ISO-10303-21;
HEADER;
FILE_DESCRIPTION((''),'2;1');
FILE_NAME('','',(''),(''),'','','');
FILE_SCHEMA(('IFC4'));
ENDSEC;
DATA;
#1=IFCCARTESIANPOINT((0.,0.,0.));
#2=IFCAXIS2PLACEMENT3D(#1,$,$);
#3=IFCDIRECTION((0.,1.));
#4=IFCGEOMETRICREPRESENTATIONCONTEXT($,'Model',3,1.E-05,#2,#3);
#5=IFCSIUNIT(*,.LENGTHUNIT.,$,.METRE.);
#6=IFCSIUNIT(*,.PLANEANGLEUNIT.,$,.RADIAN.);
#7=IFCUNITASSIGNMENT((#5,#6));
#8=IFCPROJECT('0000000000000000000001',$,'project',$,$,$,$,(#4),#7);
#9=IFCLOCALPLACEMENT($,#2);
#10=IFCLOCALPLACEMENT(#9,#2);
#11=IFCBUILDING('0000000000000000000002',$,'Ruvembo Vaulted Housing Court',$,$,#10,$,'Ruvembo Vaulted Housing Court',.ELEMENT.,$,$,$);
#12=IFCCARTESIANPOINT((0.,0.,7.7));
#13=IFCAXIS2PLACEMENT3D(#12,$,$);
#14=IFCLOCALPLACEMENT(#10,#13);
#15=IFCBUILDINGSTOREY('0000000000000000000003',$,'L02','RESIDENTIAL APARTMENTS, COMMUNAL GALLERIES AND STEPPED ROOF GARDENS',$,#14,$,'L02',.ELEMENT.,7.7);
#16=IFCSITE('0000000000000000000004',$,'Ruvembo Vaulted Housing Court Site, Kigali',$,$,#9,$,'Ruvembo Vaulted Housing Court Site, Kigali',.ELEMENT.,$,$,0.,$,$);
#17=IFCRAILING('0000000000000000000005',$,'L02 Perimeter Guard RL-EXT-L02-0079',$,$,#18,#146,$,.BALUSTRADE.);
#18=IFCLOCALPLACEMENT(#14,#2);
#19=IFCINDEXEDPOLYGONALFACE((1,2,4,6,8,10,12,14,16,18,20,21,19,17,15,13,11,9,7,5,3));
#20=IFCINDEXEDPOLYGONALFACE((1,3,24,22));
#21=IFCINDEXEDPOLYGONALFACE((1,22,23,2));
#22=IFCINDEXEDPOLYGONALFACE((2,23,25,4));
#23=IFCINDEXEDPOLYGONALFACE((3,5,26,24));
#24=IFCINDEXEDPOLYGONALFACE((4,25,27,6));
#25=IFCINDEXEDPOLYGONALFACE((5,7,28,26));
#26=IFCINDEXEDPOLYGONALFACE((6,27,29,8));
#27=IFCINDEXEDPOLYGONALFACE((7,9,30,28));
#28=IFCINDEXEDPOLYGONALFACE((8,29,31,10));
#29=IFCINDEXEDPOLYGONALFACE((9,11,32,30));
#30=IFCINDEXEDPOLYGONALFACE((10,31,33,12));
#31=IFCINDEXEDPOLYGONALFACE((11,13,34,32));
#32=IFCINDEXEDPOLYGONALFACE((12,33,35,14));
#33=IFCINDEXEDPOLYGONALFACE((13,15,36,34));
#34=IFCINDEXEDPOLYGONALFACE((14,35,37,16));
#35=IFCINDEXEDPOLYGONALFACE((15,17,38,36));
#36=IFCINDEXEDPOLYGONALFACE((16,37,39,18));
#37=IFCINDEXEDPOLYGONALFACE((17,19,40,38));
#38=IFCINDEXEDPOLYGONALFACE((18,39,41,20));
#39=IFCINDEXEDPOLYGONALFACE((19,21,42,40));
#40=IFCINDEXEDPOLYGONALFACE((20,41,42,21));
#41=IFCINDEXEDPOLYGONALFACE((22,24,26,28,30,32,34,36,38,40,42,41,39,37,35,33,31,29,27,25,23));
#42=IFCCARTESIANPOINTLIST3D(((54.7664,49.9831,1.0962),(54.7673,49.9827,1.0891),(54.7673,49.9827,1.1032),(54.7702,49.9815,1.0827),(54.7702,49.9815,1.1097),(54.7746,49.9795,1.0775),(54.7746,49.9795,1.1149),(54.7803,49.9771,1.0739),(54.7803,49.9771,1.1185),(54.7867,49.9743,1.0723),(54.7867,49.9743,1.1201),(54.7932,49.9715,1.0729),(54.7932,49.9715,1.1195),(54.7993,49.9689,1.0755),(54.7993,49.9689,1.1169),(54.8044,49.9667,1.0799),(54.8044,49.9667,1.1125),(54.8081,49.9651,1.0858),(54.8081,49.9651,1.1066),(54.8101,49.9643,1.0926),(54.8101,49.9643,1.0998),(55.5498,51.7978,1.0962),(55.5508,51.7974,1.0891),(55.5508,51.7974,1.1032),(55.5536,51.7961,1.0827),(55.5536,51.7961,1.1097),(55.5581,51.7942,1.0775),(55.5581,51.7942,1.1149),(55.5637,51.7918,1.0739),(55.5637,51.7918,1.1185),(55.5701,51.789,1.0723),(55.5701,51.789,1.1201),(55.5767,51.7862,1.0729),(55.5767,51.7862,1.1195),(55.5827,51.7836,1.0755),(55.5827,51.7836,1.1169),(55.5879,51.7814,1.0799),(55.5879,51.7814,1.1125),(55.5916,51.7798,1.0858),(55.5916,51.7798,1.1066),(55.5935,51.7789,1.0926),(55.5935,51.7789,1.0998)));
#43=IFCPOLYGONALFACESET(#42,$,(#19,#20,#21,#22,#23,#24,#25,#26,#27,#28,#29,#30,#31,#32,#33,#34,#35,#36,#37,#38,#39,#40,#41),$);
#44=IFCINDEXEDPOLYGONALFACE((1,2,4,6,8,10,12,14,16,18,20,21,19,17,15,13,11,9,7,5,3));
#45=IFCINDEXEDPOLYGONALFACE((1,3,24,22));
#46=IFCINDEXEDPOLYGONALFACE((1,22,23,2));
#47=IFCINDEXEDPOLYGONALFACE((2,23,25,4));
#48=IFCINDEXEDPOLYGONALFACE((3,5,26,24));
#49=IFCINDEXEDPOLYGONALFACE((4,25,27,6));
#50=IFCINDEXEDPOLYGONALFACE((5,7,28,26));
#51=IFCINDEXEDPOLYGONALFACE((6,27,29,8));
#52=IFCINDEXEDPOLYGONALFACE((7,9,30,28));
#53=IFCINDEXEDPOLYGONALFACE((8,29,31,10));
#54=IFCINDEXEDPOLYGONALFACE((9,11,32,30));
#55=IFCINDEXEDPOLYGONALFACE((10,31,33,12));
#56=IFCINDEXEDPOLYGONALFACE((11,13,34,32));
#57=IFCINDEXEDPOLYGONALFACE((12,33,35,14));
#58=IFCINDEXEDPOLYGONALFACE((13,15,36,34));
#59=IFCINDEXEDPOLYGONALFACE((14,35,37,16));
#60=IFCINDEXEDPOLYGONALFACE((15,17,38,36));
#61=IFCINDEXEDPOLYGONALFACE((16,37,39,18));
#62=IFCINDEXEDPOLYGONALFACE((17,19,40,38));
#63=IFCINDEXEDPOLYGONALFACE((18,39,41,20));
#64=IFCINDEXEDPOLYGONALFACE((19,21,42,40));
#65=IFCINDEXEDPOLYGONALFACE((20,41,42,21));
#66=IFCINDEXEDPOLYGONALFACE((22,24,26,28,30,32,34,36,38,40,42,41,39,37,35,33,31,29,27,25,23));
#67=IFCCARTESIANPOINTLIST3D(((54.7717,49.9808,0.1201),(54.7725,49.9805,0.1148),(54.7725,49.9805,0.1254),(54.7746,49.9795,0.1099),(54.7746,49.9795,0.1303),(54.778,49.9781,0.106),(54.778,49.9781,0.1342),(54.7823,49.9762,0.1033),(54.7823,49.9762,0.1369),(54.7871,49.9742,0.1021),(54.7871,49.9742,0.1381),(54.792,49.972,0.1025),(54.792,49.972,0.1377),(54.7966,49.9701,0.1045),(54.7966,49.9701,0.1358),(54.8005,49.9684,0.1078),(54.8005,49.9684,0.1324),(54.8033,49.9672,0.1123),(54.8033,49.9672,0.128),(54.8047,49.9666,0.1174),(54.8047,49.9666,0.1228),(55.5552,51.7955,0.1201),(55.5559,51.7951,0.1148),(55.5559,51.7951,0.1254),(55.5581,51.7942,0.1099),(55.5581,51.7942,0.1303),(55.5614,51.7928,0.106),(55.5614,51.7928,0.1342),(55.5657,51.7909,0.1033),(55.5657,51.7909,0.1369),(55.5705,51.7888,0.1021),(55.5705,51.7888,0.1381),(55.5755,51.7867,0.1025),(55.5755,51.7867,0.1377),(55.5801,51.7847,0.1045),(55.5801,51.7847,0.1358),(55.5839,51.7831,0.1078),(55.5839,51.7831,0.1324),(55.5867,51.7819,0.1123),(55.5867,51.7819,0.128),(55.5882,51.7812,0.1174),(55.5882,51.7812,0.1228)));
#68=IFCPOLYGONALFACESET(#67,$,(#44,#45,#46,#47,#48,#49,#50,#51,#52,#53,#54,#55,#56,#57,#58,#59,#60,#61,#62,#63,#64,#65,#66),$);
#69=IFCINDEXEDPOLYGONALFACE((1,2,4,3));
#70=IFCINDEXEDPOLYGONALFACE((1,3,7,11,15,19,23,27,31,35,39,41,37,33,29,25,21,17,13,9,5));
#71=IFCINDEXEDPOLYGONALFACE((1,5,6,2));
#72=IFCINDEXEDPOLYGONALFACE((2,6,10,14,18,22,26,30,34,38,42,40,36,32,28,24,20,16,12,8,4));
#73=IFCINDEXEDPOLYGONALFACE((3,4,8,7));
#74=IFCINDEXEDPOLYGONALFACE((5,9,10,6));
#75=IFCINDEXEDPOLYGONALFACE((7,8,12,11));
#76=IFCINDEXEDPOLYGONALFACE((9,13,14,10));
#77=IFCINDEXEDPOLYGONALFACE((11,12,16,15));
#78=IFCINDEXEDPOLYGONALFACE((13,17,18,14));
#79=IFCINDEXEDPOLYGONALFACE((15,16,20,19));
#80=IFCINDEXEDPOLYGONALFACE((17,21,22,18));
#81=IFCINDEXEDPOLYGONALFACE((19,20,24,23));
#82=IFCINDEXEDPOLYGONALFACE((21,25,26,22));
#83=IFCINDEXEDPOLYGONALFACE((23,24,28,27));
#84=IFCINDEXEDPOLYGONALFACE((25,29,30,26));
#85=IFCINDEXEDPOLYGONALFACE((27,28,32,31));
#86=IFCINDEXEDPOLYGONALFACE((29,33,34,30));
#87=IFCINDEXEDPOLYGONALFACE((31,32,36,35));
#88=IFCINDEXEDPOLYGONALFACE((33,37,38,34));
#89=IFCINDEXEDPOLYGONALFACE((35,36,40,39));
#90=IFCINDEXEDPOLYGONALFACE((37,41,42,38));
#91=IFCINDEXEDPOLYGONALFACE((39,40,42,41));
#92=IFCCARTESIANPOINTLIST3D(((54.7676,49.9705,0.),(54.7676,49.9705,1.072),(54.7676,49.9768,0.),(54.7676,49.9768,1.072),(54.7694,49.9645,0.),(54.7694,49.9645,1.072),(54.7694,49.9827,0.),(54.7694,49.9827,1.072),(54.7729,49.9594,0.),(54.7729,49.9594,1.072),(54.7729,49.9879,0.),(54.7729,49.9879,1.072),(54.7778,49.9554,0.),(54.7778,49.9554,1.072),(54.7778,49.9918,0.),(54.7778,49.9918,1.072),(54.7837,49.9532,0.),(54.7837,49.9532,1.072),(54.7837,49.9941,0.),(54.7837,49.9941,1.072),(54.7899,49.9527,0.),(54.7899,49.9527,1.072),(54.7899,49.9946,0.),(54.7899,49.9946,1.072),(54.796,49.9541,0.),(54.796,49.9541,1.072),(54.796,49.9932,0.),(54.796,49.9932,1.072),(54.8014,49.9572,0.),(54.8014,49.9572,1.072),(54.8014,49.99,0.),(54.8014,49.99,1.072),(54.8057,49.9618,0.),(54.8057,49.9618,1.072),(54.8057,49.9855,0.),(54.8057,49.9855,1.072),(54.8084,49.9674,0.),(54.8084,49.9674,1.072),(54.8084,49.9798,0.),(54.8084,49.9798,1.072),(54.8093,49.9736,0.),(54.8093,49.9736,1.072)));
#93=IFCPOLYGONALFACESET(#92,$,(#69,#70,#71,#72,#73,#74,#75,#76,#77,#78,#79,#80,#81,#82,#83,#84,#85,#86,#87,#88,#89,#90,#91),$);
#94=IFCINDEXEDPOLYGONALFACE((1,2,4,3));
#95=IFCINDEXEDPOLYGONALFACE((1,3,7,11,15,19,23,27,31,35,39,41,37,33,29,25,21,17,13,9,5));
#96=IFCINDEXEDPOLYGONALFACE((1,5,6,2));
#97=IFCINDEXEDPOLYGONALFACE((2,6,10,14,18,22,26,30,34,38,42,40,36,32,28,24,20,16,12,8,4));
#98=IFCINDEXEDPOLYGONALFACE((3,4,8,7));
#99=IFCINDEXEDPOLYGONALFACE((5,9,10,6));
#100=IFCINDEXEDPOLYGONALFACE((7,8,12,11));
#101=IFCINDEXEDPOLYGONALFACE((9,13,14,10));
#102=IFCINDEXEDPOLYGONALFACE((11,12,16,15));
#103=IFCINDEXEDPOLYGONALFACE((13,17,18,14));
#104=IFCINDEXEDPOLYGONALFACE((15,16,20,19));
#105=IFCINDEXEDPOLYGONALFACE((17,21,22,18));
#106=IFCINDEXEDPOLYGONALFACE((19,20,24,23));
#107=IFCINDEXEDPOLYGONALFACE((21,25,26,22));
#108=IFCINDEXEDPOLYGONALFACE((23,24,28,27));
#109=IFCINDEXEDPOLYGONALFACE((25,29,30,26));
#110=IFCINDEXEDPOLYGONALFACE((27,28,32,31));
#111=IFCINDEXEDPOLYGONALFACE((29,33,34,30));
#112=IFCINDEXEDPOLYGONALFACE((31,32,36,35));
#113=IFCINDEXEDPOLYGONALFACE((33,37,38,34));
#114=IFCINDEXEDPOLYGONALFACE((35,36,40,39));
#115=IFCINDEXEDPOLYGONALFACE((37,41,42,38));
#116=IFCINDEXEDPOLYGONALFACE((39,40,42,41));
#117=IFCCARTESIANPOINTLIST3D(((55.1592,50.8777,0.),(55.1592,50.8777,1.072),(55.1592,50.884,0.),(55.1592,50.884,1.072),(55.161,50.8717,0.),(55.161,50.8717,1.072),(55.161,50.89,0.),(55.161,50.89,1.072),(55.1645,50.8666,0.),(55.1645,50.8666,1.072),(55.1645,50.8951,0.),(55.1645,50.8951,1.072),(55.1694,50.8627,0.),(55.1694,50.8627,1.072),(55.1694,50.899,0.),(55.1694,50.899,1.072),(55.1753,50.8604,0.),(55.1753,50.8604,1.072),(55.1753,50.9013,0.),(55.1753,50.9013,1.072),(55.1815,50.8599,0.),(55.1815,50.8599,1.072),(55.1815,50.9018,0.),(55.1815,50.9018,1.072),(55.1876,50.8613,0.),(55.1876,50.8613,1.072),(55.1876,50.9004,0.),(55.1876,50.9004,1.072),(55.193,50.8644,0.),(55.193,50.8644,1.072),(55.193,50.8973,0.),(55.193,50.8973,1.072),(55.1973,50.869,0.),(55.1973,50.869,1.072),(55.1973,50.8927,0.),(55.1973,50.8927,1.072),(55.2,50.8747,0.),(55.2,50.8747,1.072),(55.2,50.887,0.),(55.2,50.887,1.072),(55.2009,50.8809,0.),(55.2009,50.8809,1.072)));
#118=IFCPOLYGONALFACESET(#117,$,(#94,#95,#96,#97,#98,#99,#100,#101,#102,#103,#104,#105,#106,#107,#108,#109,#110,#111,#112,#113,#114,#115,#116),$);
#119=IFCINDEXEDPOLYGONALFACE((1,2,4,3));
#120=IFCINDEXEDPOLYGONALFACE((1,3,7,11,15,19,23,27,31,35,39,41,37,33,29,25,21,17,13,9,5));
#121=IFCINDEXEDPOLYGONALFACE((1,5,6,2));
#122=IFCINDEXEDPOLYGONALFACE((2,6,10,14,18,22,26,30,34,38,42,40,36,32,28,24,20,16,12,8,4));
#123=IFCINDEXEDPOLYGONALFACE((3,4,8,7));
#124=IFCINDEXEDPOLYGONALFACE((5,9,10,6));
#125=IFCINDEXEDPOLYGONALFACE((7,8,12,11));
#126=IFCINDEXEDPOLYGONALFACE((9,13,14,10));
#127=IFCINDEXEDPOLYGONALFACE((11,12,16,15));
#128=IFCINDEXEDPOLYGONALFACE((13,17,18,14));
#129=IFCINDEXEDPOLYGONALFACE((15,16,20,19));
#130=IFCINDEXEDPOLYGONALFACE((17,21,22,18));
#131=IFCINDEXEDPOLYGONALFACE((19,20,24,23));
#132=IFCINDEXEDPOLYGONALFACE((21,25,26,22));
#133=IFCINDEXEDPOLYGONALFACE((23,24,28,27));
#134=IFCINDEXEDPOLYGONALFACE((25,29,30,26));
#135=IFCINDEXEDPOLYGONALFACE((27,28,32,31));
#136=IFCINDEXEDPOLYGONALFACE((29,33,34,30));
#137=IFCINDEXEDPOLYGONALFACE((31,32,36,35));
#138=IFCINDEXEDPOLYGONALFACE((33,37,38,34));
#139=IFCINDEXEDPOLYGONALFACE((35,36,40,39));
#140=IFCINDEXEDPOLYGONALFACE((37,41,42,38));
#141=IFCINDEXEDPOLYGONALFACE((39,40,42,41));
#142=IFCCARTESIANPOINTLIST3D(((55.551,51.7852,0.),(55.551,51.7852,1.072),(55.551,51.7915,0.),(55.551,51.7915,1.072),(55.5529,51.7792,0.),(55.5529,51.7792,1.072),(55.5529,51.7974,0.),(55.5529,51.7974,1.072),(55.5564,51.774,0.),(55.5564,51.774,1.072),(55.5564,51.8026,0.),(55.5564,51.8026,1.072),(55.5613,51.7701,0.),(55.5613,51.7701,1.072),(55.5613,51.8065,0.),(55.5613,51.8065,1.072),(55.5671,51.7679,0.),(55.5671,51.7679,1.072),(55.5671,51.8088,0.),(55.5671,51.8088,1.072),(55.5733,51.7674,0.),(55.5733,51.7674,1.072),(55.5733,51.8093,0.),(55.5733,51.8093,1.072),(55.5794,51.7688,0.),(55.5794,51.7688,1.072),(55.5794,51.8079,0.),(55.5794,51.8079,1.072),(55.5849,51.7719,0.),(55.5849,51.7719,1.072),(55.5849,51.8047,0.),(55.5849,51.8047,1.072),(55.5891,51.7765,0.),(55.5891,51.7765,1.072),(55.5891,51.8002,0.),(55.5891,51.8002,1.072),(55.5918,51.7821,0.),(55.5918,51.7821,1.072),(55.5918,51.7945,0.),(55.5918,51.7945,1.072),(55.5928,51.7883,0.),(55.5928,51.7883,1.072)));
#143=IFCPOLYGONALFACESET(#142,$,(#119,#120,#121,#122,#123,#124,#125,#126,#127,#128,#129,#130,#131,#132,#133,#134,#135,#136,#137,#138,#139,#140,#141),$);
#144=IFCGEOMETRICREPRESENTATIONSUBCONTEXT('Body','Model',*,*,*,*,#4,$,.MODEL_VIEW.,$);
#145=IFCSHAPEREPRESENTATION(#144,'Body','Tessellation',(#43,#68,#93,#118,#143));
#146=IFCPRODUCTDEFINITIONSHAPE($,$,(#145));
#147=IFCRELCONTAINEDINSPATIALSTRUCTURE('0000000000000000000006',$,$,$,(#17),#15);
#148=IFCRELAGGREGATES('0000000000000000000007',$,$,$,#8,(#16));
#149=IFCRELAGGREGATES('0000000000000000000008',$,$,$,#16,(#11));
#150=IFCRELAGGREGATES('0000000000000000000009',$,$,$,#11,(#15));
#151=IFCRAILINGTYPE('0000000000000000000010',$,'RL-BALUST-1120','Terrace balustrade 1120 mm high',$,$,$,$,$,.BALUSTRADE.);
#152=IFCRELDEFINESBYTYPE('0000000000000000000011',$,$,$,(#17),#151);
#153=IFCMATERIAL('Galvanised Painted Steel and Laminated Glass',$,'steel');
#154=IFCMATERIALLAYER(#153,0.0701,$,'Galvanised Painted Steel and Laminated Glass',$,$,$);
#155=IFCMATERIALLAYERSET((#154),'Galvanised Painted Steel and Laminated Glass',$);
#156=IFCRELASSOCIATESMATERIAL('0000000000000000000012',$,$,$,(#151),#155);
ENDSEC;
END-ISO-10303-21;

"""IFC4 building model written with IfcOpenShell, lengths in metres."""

from ifc_helpers import new_model, si_unit, direction, frame, origin, origin_2d, place, context, subcontext, project, spatial, circle, extrude, material, layer, layer_set, type_object, element, save


model = new_model("IFC4")

# Units and contexts
model_context = context("Model", 3, precision=1e-05, world=origin(), true_north=direction((0.0, 1.0)))
body_context = subcontext(model_context, "Body", "Model", "MODEL_VIEW")
ifc_project = project(units=[si_unit("LENGTHUNIT", "METRE"), si_unit("PLANEANGLEUNIT", "RADIAN")], contexts=[model_context])

# Site, building, storey
site_placement = place(None, origin())
site = spatial("IfcSite", under=ifc_project, at=site_placement, Name="Ruvembo Vaulted Housing Court Site, Kigali", LongName="Ruvembo Vaulted Housing Court Site, Kigali", CompositionType="ELEMENT", RefElevation=0.0)
building_placement = place(site_placement, origin())
building = spatial("IfcBuilding", under=site, at=building_placement, Name="Ruvembo Vaulted Housing Court", LongName="Ruvembo Vaulted Housing Court", CompositionType="ELEMENT")
storey_placement = place(building_placement, frame((0.0, 0.0, 7.7)))
storey = spatial("IfcBuildingStorey", under=building, at=storey_placement, Name="L02", Description="RESIDENTIAL APARTMENTS, COMMUNAL GALLERIES AND STEPPED ROOF GARDENS", LongName="L02", CompositionType="ELEMENT", Elevation=7.7)

# Railing
ifc_material_1 = material(Name="Galvanised Painted Steel and Laminated Glass", Category="steel")
ifc_layer_1 = layer(ifc_material_1, 0.0701, Name="Galvanised Painted Steel and Laminated Glass")
ifc_layer_set_1 = layer_set([ifc_layer_1], Name="Galvanised Painted Steel and Laminated Glass")
railing_type = type_object("IfcRailingType", Name="RL-BALUST-1120", Description="Terrace balustrade 1120 mm high", PredefinedType="BALUSTRADE", material=ifc_layer_set_1)
railing_1_placement = place(storey_placement, frame((54.7883, 49.9736, 0.0)))
element("IfcRailing", 1, at=railing_1_placement, inside=storey, type_object=railing_type, Name="L02 Perimeter Guard RL-EXT-L02-0079", PredefinedType="BALUSTRADE", context=body_context, shape_type="SweptSolid", body=[
    extrude(circle(Radius=0.0239, at=origin_2d()), frame((0.0, 0.0, 1.0962), z_axis=(0.396363, 0.918094, 0.0), x_axis=(-0.918094, 0.396363, 0.0)), (0.0, 0.0, 1.0), 1.9766),
    extrude(circle(Radius=0.0181, at=origin_2d()), frame((0.0, 0.0, 0.1201), z_axis=(0.396363, 0.918094, 0.0), x_axis=(-0.918094, 0.396363, 0.0)), (0.0, 0.0, 1.0), 1.9766),
    extrude(circle(Radius=0.021, at=origin_2d()), origin(), (0.0, 0.0, 1.0), 1.072),
    extrude(circle(Radius=0.021, at=origin_2d()), frame((0.3916, 0.9072, 0.0)), (0.0, 0.0, 1.0), 1.072),
    extrude(circle(Radius=0.021, at=origin_2d()), frame((0.7834, 1.8147, 0.0)), (0.0, 0.0, 1.0), 1.072),
])

save(model, "model.ifc")
